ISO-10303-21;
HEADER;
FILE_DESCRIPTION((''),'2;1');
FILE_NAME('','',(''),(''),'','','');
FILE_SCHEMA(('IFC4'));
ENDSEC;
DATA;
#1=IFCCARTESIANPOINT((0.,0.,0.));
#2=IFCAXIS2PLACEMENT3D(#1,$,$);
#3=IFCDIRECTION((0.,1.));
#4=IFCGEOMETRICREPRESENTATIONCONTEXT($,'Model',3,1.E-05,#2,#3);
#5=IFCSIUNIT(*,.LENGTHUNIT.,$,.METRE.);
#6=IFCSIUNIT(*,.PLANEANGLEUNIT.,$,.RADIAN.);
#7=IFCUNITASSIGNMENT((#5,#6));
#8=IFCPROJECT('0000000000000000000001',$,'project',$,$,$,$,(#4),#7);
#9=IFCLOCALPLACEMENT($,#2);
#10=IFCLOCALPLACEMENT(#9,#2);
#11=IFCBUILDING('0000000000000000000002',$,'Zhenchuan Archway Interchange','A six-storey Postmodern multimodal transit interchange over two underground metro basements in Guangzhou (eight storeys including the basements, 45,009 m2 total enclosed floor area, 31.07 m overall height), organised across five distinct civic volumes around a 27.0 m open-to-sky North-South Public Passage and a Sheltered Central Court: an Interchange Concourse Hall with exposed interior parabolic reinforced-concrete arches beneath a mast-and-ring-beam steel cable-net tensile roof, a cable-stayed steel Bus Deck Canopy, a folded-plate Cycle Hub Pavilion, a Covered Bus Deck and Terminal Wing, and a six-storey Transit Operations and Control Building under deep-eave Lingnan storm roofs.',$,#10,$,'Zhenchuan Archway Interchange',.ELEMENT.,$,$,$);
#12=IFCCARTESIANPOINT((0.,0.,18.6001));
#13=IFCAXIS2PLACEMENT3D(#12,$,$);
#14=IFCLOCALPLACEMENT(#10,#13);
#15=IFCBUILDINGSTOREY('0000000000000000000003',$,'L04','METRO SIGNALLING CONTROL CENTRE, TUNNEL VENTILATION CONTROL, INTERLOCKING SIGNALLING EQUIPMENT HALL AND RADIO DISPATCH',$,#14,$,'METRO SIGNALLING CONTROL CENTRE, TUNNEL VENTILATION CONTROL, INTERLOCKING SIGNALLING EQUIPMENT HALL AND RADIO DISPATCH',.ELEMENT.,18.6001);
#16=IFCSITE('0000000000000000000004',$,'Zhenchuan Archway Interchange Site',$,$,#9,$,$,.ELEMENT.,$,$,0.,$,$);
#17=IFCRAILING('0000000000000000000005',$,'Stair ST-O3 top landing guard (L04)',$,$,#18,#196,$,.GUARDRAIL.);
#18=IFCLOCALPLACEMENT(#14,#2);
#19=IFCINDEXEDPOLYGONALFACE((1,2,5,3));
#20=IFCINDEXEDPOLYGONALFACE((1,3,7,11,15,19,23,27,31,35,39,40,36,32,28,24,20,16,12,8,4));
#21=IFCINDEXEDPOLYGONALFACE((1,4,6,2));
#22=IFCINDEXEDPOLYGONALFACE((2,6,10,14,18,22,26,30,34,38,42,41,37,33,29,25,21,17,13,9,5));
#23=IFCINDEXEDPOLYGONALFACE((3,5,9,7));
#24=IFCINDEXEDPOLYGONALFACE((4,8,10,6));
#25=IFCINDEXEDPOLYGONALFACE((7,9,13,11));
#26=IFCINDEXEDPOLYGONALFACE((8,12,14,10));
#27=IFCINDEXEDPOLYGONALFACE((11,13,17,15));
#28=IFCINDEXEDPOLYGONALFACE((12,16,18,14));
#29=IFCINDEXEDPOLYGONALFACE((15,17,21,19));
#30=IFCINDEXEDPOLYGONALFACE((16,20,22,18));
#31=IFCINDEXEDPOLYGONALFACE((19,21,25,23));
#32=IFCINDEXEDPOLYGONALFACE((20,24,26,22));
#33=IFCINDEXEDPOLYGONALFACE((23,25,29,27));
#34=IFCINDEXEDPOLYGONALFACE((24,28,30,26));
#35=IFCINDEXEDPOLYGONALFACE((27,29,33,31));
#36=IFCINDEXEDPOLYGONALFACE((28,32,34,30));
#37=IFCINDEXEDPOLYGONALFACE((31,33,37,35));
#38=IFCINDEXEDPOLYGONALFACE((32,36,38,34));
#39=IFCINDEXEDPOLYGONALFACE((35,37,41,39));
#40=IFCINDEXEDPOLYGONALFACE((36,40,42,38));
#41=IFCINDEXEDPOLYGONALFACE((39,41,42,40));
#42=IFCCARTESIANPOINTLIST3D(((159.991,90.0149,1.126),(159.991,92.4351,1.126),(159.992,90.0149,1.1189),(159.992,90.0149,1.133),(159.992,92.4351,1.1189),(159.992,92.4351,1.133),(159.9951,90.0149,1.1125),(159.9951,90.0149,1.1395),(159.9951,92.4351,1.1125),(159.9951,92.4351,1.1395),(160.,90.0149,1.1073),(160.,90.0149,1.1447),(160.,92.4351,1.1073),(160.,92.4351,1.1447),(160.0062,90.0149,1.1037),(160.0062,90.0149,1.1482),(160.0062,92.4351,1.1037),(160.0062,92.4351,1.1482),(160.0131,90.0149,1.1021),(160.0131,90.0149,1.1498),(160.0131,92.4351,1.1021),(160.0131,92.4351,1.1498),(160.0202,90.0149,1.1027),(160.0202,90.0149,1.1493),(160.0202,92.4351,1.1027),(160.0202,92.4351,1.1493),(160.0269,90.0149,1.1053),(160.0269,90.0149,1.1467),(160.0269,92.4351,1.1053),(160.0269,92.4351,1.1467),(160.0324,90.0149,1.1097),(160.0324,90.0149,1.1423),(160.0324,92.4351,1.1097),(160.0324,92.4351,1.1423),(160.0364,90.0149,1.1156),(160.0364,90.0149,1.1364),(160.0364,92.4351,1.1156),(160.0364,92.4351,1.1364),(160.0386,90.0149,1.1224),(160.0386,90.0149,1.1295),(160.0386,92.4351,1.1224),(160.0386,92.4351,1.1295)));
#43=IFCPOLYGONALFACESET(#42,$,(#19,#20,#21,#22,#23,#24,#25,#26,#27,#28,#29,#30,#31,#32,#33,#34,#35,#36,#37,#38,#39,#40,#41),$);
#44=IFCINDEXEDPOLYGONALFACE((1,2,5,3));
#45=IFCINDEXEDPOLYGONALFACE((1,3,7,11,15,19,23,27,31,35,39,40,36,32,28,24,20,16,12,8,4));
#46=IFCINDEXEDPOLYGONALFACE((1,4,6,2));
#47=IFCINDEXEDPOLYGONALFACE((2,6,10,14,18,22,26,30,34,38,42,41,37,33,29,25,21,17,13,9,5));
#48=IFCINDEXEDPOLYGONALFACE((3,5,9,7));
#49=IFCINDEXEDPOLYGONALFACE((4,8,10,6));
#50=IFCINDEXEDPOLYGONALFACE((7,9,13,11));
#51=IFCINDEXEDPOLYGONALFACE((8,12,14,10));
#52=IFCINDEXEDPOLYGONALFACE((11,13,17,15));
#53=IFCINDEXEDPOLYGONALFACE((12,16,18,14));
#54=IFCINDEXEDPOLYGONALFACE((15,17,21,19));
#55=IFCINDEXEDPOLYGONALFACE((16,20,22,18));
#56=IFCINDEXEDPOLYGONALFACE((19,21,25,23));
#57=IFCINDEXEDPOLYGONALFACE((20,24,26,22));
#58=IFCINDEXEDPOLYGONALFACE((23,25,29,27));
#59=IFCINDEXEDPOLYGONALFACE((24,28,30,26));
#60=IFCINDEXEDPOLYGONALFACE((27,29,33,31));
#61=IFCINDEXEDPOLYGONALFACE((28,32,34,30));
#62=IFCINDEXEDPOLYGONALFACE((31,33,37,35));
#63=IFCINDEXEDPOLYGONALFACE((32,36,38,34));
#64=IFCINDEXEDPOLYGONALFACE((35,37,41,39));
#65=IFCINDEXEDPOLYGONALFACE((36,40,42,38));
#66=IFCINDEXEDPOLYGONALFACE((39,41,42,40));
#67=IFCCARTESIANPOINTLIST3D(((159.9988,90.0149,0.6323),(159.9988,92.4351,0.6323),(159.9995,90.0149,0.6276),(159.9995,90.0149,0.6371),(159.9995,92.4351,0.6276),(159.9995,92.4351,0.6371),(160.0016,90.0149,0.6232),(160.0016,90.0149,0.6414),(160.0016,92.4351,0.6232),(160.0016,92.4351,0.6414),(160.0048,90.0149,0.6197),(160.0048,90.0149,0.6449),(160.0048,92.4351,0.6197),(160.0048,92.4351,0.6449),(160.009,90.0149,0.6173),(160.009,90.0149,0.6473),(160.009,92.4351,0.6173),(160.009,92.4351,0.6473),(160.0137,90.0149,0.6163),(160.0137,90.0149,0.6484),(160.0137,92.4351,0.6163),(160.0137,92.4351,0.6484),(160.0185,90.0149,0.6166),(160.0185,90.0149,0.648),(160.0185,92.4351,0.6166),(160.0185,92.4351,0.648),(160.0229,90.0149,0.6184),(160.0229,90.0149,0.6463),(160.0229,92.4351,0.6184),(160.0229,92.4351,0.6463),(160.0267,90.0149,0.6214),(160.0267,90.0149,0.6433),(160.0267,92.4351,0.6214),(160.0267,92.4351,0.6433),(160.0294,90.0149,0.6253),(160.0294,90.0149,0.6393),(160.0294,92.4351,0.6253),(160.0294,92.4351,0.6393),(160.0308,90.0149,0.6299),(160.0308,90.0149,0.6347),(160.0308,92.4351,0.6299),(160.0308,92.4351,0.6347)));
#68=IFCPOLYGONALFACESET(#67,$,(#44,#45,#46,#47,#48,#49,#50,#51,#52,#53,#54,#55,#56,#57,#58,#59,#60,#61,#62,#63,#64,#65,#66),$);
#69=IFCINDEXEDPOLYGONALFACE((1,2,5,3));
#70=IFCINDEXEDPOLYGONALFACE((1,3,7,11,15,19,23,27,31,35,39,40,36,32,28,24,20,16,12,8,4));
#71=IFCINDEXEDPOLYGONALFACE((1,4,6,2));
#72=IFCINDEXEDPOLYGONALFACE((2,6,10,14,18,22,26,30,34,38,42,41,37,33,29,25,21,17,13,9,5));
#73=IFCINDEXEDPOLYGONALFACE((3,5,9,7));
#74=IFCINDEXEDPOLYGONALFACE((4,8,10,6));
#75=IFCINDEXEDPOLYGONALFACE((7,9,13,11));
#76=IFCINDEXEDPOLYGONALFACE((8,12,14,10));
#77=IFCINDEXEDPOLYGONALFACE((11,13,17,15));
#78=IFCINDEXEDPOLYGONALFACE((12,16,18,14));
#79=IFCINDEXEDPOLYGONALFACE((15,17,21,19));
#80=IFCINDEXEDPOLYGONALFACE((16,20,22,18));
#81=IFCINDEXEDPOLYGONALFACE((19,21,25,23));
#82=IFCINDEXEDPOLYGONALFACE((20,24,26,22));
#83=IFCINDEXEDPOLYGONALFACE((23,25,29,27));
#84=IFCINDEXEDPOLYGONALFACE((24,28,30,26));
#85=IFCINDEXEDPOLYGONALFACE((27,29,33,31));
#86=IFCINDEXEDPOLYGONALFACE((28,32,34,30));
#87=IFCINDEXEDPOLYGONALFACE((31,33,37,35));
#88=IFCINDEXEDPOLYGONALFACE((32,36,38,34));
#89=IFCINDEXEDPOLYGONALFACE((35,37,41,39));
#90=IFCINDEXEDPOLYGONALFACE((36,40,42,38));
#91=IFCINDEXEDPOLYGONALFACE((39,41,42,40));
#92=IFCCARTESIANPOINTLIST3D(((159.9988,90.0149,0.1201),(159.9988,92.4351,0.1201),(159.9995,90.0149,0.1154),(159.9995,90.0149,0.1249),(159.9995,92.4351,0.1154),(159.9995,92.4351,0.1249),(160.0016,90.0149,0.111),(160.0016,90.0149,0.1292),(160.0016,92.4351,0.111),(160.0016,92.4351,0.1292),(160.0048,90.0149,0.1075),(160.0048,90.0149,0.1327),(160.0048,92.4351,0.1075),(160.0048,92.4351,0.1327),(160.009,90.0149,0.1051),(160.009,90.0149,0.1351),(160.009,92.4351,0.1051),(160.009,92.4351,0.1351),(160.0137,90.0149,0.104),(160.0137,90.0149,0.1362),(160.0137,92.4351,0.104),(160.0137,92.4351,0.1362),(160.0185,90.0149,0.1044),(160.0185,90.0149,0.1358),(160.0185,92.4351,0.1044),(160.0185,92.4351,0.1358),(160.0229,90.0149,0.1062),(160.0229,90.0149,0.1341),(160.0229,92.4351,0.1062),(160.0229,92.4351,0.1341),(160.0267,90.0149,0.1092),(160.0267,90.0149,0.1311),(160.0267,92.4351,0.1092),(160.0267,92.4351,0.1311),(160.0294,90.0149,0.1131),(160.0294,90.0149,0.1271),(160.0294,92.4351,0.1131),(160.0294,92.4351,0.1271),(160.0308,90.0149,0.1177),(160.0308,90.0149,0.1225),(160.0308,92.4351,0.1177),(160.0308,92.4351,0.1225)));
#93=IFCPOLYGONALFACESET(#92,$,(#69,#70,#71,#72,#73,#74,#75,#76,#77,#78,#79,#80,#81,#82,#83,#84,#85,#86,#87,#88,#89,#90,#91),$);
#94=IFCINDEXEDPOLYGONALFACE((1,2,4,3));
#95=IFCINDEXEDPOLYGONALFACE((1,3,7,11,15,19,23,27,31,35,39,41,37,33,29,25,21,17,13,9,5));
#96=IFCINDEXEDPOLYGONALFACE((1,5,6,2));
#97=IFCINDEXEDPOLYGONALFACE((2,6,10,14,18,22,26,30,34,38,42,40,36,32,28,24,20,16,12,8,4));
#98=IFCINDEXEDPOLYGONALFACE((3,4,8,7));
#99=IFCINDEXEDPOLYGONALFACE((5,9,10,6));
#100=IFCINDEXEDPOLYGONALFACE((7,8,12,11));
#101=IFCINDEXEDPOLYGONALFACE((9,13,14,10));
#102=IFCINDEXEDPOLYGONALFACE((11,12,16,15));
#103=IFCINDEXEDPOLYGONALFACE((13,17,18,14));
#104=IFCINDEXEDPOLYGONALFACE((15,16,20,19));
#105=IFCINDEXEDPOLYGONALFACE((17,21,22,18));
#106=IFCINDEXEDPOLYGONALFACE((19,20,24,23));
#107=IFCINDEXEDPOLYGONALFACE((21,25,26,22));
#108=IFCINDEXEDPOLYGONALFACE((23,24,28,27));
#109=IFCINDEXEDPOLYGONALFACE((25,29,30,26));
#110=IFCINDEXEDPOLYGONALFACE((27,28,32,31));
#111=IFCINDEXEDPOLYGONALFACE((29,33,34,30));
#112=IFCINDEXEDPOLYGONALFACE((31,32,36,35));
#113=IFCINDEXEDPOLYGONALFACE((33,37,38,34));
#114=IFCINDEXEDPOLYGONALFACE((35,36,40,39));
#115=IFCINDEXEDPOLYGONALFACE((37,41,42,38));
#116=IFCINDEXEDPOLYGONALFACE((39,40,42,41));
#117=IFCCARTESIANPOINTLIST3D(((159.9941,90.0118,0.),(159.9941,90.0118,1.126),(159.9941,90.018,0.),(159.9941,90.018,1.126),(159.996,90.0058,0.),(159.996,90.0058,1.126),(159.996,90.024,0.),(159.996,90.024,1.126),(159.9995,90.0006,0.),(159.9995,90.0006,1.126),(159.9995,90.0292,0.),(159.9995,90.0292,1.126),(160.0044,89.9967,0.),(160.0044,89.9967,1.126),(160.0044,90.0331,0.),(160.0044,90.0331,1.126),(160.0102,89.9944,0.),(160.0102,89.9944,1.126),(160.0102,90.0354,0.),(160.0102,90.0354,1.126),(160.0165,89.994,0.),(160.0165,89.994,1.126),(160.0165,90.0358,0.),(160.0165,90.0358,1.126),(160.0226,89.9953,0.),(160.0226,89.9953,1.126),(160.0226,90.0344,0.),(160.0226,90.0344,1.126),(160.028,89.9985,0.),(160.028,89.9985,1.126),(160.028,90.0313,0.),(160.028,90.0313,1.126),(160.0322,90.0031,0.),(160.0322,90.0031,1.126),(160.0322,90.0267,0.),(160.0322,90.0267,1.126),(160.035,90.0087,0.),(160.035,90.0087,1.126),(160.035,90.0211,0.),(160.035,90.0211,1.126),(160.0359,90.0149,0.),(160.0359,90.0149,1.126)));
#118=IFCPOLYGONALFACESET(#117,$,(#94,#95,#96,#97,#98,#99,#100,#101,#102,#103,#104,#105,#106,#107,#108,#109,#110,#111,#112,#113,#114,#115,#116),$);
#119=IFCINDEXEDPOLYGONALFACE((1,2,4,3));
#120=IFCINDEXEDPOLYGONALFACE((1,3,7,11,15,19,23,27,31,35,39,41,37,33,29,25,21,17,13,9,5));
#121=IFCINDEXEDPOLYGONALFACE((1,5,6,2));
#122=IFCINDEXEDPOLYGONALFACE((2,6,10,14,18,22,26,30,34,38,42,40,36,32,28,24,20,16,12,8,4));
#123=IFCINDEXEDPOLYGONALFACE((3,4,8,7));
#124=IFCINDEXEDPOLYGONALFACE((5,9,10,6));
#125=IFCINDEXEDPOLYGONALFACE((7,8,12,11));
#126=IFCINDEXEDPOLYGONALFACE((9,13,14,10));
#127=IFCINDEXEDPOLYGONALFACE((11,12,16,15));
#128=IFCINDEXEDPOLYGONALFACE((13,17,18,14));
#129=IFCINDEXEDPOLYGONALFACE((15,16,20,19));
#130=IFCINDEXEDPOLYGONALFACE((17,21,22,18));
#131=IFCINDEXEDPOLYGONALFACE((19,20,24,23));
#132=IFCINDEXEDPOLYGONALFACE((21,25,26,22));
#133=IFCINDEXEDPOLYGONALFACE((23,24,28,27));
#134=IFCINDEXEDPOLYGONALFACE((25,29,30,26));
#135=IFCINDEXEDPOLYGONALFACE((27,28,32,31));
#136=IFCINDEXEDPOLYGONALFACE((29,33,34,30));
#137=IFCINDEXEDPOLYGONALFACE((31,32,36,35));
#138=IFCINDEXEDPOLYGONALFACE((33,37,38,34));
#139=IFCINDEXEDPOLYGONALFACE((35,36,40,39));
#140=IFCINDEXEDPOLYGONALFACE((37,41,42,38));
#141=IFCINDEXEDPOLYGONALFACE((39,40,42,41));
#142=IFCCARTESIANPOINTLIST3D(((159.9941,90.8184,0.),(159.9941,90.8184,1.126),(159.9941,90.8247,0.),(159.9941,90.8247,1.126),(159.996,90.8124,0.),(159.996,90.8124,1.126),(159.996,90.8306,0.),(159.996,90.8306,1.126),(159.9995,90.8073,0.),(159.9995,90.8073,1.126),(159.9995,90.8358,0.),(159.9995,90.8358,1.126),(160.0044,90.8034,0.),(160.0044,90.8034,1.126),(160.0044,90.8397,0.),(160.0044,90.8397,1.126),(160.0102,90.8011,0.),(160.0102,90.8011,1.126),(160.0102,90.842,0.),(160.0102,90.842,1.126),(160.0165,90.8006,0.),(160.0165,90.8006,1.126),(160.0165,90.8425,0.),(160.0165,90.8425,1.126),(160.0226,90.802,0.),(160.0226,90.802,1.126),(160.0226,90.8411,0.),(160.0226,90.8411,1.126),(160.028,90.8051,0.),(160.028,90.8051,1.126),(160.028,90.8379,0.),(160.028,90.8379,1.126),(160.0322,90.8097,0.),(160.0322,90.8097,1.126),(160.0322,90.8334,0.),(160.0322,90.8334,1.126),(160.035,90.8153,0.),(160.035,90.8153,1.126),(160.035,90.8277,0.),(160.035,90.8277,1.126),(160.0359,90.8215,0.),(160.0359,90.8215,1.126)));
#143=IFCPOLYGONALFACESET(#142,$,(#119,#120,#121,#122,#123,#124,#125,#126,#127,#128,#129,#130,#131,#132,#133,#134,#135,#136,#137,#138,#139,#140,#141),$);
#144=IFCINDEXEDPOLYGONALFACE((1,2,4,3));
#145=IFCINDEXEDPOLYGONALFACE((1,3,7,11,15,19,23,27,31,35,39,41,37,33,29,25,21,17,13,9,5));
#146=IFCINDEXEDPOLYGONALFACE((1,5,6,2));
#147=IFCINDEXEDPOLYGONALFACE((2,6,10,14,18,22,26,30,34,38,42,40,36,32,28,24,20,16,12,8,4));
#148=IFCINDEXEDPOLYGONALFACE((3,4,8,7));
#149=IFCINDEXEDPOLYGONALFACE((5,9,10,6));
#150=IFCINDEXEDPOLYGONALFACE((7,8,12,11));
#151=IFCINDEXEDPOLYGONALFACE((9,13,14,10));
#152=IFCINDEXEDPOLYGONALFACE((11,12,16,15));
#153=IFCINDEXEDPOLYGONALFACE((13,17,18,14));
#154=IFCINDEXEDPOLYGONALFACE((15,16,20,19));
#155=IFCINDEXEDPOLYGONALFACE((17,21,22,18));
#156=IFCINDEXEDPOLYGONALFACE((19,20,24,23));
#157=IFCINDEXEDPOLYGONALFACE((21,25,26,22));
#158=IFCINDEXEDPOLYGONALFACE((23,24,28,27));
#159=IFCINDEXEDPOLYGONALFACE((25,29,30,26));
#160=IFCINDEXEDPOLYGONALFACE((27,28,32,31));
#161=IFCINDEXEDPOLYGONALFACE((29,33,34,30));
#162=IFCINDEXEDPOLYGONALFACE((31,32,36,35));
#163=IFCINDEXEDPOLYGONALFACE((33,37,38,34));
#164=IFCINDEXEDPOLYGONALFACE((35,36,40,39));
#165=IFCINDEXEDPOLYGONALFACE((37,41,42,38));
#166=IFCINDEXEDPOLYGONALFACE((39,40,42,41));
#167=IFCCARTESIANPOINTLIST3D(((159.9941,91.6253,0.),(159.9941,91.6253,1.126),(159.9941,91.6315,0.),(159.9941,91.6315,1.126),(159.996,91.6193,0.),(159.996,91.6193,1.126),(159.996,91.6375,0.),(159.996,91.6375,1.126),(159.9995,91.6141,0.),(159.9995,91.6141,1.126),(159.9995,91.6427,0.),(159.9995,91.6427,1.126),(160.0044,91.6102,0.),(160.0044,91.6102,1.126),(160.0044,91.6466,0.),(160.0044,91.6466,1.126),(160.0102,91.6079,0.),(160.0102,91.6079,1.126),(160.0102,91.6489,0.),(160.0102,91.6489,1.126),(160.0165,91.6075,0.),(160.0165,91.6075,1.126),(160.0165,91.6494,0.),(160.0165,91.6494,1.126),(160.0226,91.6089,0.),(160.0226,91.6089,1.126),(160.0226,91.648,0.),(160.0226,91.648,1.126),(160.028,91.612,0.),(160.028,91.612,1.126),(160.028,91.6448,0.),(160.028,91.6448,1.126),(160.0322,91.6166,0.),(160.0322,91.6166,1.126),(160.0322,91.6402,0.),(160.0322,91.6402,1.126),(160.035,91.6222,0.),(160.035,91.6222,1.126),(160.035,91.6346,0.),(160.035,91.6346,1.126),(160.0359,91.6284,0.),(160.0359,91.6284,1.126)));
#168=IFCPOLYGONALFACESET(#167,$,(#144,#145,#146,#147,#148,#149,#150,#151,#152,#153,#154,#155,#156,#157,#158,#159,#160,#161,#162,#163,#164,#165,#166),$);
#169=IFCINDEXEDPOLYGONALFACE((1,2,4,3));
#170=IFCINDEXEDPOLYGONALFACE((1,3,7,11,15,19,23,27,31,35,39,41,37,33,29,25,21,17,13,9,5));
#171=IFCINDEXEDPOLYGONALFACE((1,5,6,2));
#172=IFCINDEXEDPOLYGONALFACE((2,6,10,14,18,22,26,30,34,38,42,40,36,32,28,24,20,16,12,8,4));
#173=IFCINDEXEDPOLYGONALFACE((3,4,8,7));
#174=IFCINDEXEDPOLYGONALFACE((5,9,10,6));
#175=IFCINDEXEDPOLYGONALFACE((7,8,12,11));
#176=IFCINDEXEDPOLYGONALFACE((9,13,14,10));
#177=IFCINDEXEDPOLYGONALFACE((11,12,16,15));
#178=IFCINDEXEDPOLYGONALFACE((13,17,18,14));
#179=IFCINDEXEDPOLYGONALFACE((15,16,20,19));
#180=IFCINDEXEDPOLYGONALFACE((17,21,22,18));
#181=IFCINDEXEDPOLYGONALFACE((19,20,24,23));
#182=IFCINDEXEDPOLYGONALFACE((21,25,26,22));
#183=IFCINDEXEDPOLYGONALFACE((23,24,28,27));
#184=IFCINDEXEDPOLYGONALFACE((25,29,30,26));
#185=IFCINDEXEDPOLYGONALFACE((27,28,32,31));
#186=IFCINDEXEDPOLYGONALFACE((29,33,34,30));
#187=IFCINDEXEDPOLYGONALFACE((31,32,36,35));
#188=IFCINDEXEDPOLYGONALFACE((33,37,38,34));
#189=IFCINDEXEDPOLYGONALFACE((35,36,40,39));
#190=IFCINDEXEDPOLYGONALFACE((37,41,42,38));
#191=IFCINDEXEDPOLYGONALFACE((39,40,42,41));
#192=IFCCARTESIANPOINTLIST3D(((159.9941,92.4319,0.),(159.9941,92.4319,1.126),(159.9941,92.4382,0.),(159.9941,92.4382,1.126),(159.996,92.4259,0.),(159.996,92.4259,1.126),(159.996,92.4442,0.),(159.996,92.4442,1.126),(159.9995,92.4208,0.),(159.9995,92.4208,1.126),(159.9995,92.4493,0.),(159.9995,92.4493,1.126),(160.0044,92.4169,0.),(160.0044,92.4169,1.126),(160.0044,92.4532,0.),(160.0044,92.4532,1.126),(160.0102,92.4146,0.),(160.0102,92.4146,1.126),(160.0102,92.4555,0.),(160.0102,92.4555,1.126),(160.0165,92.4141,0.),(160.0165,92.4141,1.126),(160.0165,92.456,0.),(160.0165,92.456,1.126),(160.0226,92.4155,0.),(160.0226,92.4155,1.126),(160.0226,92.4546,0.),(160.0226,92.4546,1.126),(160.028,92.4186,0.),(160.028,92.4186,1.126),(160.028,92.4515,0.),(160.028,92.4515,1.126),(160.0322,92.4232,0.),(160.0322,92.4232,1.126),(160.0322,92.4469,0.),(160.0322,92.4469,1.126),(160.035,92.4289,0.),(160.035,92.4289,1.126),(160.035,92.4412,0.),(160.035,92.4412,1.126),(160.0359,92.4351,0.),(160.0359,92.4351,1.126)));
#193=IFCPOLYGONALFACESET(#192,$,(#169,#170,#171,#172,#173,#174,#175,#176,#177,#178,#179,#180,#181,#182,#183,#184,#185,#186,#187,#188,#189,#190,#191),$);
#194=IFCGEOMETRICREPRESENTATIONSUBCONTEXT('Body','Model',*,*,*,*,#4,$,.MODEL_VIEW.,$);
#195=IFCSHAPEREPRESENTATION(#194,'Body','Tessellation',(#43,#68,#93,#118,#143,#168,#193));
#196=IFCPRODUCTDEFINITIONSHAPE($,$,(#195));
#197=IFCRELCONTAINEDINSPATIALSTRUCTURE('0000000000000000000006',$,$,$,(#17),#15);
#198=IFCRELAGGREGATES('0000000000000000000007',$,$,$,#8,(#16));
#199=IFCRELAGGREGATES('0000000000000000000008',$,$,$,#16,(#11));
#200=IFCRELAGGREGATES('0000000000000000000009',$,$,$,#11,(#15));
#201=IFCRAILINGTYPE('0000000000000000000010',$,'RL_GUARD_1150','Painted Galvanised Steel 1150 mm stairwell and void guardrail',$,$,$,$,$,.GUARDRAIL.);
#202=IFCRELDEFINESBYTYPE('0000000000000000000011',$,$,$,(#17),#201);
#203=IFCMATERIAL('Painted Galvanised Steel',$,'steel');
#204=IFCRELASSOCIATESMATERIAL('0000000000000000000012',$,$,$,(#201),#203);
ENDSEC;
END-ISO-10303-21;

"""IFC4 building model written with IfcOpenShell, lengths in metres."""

from ifc_helpers import new_model, si_unit, direction, frame, origin, origin_2d, place, context, subcontext, project, spatial, circle, extrude, material, type_object, element, save


model = new_model("IFC4")

# Units and contexts
model_context = context("Model", 3, precision=1e-05, world=origin(), true_north=direction((0.0, 1.0)))
body_context = subcontext(model_context, "Body", "Model", "MODEL_VIEW")
ifc_project = project(units=[si_unit("LENGTHUNIT", "METRE"), si_unit("PLANEANGLEUNIT", "RADIAN")], contexts=[model_context])

# Site, building, storey
site_placement = place(None, origin())
site = spatial("IfcSite", under=ifc_project, at=site_placement, Name="Zhenchuan Archway Interchange Site", CompositionType="ELEMENT", RefElevation=0.0)
building_placement = place(site_placement, origin())
building = spatial("IfcBuilding", under=site, at=building_placement, Name="Zhenchuan Archway Interchange", Description="A six-storey Postmodern multimodal transit interchange over two underground metro basements in Guangzhou (eight storeys including the basements, 45,009 m2 total enclosed floor area, 31.07 m overall height), organised across five distinct civic volumes around a 27.0 m open-to-sky North-South Public Passage and a Sheltered Central Court: an Interchange Concourse Hall with exposed interior parabolic reinforced-concrete arches beneath a mast-and-ring-beam steel cable-net tensile roof, a cable-stayed steel Bus Deck Canopy, a folded-plate Cycle Hub Pavilion, a Covered Bus Deck and Terminal Wing, and a six-storey Transit Operations and Control Building under deep-eave Lingnan storm roofs.", LongName="Zhenchuan Archway Interchange", CompositionType="ELEMENT")
storey_placement = place(building_placement, frame((0.0, 0.0, 18.6001)))
storey = spatial("IfcBuildingStorey", under=building, at=storey_placement, Name="L04", Description="METRO SIGNALLING CONTROL CENTRE, TUNNEL VENTILATION CONTROL, INTERLOCKING SIGNALLING EQUIPMENT HALL AND RADIO DISPATCH", LongName="METRO SIGNALLING CONTROL CENTRE, TUNNEL VENTILATION CONTROL, INTERLOCKING SIGNALLING EQUIPMENT HALL AND RADIO DISPATCH", CompositionType="ELEMENT", Elevation=18.6001)

# Shared definitions
ifc_material_1 = material(Name="Painted Galvanised Steel", Category="steel")

# Railing
railing_type = type_object("IfcRailingType", Name="RL_GUARD_1150", Description="Painted Galvanised Steel 1150 mm stairwell and void guardrail", PredefinedType="GUARDRAIL", material=ifc_material_1)
railing_placement = place(storey_placement, frame((160.0149, 90.0149, 0.0)))
element("IfcRailing", 1, at=railing_placement, inside=storey, type_object=railing_type, Name="Stair ST-O3 top landing guard (L04)", PredefinedType="GUARDRAIL", context=body_context, shape_type="SweptSolid", body=[
    extrude(circle(Radius=0.0239, at=origin_2d()), frame((0.0, 0.0, 1.126), z_axis=(0.0, 1.0, 0.0), x_axis=(-1.0, 0.0, 0.0)), (0.0, 0.0, 1.0), 2.4202),
    extrude(circle(Radius=0.0161, at=origin_2d()), frame((0.0, 0.0, 0.6323), z_axis=(0.0, 1.0, 0.0), x_axis=(-1.0, 0.0, 0.0)), (0.0, 0.0, 1.0), 2.4202),
    extrude(circle(Radius=0.0161, at=origin_2d()), frame((0.0, 0.0, 0.1201), z_axis=(0.0, 1.0, 0.0), x_axis=(-1.0, 0.0, 0.0)), (0.0, 0.0, 1.0), 2.4202),
    extrude(circle(Radius=0.021, at=origin_2d()), origin(), (0.0, 0.0, 1.0), 1.126),
    extrude(circle(Radius=0.021, at=origin_2d()), frame((0.0, 0.8066, 0.0)), (0.0, 0.0, 1.0), 1.126),
    extrude(circle(Radius=0.021, at=origin_2d()), frame((0.0, 1.6135, 0.0)), (0.0, 0.0, 1.0), 1.126),
    extrude(circle(Radius=0.021, at=origin_2d()), frame((0.0, 2.4202, 0.0)), (0.0, 0.0, 1.0), 1.126),
])

save(model, "model.ifc")
